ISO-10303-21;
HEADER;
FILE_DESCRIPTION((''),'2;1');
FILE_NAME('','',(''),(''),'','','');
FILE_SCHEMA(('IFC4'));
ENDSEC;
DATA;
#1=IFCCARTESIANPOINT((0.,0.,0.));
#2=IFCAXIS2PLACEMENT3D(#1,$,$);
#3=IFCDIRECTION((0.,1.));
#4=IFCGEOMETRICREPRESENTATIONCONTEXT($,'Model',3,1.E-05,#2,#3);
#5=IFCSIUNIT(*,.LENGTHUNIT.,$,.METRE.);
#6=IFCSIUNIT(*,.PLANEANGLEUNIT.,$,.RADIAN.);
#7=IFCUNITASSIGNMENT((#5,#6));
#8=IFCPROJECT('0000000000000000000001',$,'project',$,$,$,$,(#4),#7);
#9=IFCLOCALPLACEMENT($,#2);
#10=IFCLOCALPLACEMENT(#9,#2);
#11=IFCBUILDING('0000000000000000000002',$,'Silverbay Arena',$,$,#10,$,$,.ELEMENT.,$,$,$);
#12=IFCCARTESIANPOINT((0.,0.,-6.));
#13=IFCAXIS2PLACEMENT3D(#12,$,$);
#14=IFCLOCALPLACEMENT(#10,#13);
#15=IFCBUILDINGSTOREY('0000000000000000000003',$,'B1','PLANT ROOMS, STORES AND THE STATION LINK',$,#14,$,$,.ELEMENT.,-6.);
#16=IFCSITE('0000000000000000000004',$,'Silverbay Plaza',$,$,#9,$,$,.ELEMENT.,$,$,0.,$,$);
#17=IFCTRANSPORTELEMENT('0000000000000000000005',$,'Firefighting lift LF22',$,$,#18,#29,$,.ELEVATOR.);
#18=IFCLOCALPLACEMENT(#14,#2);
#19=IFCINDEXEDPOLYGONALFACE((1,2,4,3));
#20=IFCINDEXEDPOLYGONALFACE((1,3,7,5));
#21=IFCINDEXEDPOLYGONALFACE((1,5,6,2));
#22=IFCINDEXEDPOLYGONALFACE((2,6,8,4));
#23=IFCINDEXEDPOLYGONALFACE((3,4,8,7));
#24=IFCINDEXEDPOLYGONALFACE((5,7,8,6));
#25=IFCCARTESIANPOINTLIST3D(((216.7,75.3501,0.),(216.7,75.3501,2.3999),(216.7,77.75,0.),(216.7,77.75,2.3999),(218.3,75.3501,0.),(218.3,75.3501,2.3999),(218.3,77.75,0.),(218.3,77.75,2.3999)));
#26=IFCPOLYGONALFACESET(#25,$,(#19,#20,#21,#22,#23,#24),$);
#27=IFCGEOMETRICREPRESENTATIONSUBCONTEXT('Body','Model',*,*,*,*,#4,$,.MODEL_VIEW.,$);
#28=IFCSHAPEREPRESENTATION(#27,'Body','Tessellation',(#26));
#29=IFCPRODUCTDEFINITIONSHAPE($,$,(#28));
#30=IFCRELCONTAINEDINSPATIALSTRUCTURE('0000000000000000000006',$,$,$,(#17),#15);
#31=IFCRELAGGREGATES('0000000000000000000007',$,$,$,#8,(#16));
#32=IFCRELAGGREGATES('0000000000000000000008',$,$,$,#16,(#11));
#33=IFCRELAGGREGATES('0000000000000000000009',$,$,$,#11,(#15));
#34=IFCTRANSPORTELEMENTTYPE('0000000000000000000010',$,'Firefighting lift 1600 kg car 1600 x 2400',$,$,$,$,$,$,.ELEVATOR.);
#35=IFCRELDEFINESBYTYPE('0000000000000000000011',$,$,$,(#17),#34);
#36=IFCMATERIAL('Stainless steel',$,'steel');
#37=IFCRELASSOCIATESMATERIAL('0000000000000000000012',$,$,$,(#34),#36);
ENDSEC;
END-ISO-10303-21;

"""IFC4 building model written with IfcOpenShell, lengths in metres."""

from ifc_helpers import new_model, si_unit, direction, frame, origin, origin_2d, place, context, subcontext, project, spatial, rectangle, extrude, material, type_object, element, save


model = new_model("IFC4")

# Units and contexts
model_context = context("Model", 3, precision=1e-05, world=origin(), true_north=direction((0.0, 1.0)))
body_context = subcontext(model_context, "Body", "Model", "MODEL_VIEW")
ifc_project = project(units=[si_unit("LENGTHUNIT", "METRE"), si_unit("PLANEANGLEUNIT", "RADIAN")], contexts=[model_context])

# Site, building, storey
site_placement = place(None, origin())
site = spatial("IfcSite", under=ifc_project, at=site_placement, Name="Silverbay Plaza", CompositionType="ELEMENT", RefElevation=0.0)
building_placement = place(site_placement, origin())
building = spatial("IfcBuilding", under=site, at=building_placement, Name="Silverbay Arena", CompositionType="ELEMENT")
storey_placement = place(building_placement, frame((0.0, 0.0, -6.0)))
storey = spatial("IfcBuildingStorey", under=building, at=storey_placement, Name="B1", Description="PLANT ROOMS, STORES AND THE STATION LINK", CompositionType="ELEMENT", Elevation=-6.0)

# Transport element
ifc_material_1 = material(Name="Stainless steel", Category="steel")
transport_element_type = type_object("IfcTransportElementType", Name="Firefighting lift 1600 kg car 1600 x 2400", PredefinedType="ELEVATOR", material=ifc_material_1)
for number, where, z_axis, x_axis, name in (
    (1, (217.5, 76.55, 0.0), (0.0, 0.0, 1.0), (1.0, 0.0, 0.0), "Firefighting lift LF22"),
):
    element("IfcTransportElement", number, at=place(storey_placement, frame(where, z_axis=z_axis, x_axis=x_axis)), inside=storey, type_object=transport_element_type, Name=name, PredefinedType="ELEVATOR", context=body_context, shape_type="SweptSolid", body=[
        extrude(rectangle(XDim=1.6001, YDim=2.3999, at=origin_2d()), origin(), (0.0, 0.0, 1.0), 2.3999),
    ])

save(model, "model.ifc")
